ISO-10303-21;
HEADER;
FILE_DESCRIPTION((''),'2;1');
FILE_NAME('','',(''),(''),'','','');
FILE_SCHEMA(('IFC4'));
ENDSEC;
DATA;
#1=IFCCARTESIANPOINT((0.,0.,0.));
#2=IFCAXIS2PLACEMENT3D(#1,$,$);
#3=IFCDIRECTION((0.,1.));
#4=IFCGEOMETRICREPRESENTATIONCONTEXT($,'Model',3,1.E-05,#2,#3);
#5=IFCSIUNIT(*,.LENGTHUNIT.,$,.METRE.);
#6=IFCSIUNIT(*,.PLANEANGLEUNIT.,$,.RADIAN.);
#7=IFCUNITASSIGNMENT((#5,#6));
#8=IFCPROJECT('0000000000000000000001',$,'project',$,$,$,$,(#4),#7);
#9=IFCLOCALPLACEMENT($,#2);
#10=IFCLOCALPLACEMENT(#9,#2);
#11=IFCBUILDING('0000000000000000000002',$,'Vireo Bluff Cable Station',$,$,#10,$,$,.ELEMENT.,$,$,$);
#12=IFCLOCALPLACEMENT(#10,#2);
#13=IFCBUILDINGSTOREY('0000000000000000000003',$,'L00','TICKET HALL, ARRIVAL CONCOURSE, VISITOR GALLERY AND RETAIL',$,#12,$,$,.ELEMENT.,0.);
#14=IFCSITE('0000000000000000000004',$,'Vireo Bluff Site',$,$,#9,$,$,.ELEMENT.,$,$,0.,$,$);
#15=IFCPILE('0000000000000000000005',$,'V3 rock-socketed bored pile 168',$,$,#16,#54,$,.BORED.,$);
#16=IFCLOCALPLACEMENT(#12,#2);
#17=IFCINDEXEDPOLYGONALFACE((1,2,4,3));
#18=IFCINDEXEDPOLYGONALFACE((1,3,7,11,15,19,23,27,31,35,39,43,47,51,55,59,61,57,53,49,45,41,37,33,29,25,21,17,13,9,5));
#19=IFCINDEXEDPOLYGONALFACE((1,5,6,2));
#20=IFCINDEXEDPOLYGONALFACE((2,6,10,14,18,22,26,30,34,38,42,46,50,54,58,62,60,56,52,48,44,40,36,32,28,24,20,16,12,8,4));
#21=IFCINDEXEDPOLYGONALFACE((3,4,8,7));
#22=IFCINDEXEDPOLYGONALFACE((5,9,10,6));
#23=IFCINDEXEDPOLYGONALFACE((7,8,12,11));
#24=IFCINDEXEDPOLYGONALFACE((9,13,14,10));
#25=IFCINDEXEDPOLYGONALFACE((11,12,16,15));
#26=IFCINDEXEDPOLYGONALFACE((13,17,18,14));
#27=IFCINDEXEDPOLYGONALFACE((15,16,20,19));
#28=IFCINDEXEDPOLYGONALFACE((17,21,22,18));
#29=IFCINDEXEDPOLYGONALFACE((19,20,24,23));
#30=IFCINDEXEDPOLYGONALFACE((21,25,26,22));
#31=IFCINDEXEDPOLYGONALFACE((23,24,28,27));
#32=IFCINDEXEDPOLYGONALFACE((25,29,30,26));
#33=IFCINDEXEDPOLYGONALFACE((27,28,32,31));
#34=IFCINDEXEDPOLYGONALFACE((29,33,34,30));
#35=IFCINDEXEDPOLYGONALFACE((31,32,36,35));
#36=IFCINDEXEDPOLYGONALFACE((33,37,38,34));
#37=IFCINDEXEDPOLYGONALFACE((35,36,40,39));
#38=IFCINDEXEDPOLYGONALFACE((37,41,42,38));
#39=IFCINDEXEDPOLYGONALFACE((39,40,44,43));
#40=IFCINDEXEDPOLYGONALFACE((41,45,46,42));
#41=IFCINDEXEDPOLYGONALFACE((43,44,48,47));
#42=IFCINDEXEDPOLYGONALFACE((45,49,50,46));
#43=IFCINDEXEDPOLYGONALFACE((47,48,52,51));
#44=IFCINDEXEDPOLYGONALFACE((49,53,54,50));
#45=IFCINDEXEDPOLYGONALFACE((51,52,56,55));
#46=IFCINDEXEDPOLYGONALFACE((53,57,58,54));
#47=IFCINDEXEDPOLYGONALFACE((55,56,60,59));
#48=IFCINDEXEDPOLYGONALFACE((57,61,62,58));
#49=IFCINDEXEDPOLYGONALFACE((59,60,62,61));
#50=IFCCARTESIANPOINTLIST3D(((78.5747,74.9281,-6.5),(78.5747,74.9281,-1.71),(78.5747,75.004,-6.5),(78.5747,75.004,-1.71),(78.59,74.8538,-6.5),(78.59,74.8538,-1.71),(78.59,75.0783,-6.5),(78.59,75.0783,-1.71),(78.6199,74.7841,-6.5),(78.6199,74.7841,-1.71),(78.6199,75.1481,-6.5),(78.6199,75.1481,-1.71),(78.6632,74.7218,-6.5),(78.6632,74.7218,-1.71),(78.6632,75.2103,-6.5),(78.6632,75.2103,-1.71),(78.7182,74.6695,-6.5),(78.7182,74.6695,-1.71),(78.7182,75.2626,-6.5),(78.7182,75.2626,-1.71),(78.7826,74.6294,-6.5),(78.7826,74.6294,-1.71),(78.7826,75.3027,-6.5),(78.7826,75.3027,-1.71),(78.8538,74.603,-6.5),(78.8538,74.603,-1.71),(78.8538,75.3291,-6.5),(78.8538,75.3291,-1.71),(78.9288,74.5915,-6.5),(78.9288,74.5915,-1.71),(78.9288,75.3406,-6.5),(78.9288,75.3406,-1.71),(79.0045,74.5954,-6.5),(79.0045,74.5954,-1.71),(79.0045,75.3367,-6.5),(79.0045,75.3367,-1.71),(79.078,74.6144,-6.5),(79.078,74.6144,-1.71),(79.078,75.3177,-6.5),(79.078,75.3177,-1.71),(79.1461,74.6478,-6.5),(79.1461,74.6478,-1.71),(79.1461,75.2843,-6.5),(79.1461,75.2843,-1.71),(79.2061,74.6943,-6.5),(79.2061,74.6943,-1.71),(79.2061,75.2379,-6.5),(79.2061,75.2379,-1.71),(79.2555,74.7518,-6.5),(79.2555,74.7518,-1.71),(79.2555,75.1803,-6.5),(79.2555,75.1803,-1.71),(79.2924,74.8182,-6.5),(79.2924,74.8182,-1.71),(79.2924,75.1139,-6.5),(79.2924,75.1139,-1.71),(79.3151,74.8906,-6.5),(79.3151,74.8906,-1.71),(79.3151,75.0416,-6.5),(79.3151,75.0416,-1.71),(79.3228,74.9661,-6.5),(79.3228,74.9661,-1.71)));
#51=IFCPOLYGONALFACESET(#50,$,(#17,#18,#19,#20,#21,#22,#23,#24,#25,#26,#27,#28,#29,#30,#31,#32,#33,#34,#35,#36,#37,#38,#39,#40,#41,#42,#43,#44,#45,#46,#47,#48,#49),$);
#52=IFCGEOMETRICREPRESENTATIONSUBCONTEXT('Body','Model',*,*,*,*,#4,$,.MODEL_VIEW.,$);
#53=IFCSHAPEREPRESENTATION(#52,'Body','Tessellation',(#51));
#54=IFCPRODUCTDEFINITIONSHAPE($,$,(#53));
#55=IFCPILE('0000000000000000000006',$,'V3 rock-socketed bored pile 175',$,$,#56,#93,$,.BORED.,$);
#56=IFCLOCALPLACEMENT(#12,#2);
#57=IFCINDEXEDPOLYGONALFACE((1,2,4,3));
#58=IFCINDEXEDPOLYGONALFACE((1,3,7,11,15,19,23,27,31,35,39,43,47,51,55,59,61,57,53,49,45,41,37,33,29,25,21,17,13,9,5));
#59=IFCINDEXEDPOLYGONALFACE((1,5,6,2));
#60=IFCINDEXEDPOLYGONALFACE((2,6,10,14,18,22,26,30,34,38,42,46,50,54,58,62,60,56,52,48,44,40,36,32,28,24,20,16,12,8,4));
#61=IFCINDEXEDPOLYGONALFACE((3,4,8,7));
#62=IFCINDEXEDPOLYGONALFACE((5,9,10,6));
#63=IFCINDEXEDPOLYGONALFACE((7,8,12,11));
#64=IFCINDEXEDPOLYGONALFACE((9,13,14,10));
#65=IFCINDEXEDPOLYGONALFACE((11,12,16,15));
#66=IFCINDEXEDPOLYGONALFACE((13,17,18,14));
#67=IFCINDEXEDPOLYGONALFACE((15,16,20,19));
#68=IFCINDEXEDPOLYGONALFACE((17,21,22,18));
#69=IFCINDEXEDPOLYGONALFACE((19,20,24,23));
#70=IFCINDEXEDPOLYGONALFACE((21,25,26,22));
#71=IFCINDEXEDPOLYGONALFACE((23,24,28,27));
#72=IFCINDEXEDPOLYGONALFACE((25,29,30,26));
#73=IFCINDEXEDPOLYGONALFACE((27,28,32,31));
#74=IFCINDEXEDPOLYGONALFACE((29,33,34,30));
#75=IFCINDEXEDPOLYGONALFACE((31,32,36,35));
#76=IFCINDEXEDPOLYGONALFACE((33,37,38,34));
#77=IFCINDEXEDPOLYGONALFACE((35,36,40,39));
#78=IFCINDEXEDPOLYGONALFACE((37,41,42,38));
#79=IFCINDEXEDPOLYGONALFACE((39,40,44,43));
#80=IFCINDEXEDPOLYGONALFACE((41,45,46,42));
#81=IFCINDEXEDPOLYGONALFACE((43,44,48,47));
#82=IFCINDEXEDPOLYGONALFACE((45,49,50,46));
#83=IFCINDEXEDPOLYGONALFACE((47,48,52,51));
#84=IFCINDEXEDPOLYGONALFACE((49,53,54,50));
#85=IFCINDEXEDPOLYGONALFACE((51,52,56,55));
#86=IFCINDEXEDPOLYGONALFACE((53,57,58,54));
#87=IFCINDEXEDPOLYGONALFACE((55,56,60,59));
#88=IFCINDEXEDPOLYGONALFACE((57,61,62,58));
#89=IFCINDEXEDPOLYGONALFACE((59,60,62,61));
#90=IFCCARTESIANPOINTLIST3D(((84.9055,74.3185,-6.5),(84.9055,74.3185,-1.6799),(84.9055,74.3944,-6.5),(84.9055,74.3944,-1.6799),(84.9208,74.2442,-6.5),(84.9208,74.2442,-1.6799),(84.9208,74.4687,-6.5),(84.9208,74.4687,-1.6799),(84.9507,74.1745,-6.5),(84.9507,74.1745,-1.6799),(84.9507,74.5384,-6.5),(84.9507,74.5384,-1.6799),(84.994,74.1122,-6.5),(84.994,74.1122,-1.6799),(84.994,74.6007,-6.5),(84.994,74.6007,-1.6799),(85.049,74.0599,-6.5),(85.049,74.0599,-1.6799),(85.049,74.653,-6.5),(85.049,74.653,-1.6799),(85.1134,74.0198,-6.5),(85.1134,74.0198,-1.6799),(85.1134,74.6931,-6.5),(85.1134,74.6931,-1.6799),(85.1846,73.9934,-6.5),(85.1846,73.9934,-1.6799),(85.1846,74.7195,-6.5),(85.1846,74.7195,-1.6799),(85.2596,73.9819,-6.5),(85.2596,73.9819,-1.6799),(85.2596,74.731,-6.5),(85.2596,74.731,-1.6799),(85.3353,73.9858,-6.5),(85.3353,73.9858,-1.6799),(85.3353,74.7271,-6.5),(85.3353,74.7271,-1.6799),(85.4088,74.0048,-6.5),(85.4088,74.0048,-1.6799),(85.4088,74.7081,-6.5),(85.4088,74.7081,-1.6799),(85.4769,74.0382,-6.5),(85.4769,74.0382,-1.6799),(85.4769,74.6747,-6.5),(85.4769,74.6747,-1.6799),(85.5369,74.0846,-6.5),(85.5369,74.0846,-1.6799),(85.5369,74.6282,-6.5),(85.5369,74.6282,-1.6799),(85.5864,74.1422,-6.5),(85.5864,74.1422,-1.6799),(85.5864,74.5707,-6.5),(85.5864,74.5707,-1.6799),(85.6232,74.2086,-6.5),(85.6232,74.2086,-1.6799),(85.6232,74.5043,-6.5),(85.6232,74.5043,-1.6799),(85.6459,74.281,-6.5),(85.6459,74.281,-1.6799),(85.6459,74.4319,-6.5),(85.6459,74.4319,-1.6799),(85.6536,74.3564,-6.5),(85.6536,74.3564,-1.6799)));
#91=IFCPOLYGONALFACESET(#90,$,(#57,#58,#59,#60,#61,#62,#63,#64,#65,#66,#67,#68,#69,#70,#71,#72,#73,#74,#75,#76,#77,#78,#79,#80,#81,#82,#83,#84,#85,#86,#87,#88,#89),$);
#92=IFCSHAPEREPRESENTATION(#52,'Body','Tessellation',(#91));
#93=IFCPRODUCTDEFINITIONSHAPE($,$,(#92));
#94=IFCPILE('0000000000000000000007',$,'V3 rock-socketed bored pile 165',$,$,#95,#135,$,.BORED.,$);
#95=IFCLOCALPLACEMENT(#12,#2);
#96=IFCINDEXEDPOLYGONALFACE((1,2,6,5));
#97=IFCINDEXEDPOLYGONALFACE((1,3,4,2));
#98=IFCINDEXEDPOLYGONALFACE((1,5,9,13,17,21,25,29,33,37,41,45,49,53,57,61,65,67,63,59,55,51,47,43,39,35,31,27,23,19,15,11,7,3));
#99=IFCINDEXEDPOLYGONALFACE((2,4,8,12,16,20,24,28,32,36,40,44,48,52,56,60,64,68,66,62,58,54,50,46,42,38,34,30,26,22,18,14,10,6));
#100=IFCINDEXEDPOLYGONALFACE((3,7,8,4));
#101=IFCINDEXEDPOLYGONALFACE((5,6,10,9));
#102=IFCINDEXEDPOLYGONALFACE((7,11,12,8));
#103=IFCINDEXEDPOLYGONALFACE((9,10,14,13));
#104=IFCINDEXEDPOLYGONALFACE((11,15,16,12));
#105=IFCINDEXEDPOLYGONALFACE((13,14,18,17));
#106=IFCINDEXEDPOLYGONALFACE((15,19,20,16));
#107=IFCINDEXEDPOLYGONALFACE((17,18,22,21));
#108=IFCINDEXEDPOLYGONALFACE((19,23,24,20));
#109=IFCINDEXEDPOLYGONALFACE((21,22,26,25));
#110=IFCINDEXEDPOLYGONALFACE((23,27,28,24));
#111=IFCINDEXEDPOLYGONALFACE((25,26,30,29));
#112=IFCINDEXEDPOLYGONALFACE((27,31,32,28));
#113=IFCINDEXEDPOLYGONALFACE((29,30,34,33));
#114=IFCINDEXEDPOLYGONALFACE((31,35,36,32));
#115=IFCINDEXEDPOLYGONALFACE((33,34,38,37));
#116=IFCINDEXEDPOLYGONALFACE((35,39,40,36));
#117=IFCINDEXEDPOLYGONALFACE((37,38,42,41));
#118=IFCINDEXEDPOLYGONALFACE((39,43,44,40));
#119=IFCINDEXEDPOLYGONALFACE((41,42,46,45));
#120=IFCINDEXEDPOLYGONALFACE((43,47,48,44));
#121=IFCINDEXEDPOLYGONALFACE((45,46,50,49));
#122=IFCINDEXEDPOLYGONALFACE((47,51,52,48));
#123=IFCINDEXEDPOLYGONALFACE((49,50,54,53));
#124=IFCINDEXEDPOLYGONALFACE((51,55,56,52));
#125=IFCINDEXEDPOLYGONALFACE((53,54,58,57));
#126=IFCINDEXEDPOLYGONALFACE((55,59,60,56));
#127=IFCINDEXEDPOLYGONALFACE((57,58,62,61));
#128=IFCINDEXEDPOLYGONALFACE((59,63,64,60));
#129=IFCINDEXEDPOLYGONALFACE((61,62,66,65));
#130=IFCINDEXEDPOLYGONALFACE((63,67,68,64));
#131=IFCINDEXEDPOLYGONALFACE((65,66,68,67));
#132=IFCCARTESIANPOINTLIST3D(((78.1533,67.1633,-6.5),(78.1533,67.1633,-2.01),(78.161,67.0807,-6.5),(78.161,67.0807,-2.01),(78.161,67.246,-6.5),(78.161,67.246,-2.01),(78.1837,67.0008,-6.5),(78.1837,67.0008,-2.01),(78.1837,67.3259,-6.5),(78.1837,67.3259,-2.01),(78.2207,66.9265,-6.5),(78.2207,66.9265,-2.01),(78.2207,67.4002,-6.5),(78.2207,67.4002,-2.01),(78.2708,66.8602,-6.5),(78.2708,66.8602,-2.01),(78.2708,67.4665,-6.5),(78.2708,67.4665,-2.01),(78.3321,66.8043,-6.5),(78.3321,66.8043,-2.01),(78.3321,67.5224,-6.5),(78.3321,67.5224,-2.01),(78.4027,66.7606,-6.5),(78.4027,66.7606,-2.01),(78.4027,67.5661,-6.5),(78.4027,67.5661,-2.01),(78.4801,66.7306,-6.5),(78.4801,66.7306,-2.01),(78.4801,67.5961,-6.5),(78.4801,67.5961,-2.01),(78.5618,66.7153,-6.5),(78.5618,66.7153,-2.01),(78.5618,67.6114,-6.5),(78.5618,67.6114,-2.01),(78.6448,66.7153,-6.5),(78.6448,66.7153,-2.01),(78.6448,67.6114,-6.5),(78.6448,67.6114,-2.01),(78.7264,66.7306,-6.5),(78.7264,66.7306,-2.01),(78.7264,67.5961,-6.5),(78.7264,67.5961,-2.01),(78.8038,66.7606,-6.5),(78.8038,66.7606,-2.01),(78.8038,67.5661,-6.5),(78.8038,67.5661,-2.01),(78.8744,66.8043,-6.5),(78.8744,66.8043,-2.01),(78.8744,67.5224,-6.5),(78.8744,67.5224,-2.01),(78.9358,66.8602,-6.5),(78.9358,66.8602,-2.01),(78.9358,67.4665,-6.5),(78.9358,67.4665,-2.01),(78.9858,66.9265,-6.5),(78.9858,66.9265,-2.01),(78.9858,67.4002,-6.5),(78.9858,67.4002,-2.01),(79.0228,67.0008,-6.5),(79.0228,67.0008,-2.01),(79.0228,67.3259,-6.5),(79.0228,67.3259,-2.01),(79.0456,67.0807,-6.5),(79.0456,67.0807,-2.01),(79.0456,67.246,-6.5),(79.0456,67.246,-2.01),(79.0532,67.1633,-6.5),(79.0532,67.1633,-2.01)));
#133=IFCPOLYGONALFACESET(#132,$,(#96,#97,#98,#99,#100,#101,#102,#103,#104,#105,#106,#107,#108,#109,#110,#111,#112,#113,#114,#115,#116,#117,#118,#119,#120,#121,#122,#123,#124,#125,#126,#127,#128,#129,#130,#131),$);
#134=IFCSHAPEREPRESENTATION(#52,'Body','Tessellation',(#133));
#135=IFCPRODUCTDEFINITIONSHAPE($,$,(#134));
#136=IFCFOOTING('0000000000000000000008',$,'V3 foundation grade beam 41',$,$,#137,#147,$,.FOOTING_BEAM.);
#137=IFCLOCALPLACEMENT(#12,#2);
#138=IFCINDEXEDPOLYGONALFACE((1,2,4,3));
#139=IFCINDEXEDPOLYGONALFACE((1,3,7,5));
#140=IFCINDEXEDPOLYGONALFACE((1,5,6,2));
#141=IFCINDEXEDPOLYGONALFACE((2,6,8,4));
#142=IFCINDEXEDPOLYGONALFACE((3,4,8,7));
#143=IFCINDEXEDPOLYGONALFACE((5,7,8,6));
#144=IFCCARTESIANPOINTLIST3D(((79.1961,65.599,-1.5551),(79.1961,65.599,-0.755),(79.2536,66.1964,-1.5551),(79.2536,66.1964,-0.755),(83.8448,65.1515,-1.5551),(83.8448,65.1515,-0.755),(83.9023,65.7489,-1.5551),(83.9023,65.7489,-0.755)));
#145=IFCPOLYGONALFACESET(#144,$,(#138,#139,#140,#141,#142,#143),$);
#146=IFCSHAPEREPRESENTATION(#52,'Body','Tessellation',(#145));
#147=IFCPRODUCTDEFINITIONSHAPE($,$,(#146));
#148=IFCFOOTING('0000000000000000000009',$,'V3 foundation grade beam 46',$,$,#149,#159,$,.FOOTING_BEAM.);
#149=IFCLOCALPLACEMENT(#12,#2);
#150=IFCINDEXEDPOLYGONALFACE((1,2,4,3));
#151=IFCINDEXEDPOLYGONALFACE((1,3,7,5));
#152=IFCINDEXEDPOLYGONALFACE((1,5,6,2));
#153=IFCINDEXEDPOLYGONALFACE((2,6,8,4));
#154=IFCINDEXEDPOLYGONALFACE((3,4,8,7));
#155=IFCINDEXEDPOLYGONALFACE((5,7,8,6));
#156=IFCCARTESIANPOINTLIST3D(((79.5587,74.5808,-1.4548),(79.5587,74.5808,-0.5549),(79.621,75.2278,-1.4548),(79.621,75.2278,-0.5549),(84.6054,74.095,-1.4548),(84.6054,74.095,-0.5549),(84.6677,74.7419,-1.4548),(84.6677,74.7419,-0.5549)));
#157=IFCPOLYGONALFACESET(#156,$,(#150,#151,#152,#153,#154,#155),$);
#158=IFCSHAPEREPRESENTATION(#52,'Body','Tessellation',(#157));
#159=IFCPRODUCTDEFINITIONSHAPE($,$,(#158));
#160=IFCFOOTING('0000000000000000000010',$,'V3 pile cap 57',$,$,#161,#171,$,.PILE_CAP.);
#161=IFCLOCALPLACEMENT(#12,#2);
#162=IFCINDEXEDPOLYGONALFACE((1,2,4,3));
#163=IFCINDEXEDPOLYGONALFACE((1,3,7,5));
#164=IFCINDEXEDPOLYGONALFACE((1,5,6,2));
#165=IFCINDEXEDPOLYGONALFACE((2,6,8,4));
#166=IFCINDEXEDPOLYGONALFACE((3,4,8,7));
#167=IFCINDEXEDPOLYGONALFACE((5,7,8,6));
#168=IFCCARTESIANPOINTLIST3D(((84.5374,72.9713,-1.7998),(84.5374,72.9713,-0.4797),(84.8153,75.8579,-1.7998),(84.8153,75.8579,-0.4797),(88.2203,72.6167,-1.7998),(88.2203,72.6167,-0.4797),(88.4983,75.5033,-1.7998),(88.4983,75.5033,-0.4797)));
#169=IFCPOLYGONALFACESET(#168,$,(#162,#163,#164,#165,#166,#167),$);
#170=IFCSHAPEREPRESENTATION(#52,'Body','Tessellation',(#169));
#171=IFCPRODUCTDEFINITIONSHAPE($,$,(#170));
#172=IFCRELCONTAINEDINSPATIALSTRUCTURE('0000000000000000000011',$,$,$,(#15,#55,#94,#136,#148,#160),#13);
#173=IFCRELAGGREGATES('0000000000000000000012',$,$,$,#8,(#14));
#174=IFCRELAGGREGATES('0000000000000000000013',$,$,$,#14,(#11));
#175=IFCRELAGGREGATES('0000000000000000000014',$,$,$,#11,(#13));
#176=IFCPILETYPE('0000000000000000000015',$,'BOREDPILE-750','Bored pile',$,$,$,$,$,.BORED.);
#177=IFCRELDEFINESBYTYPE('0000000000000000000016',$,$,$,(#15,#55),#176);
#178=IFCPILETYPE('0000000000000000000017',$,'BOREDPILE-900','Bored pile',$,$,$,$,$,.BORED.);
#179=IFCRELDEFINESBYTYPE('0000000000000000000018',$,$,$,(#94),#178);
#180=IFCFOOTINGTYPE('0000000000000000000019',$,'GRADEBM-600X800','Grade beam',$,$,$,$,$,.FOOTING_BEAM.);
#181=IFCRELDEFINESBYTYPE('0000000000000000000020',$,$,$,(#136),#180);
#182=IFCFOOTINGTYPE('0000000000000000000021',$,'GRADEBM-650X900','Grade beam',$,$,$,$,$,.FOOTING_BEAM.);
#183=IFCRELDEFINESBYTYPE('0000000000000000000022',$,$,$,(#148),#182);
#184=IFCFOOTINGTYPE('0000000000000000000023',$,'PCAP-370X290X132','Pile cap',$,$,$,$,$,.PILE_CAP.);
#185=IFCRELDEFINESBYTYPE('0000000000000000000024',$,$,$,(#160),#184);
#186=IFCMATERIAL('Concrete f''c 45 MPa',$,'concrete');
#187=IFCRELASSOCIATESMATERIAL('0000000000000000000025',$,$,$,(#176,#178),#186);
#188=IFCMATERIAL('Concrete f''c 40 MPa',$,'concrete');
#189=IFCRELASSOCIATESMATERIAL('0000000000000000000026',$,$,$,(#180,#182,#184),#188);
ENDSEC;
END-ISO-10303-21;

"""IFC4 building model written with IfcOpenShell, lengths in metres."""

from ifc_helpers import new_model, si_unit, direction, frame, origin, origin_2d, place, context, subcontext, project, spatial, rectangle, circle, extrude, material, material_profile, profile_set, type_object, element, save


model = new_model("IFC4")

# Units and contexts
model_context = context("Model", 3, precision=1e-05, world=origin(), true_north=direction((0.0, 1.0)))
body_context = subcontext(model_context, "Body", "Model", "MODEL_VIEW")
ifc_project = project(units=[si_unit("LENGTHUNIT", "METRE"), si_unit("PLANEANGLEUNIT", "RADIAN")], contexts=[model_context])

# Site, building, storey
site_placement = place(None, origin())
site = spatial("IfcSite", under=ifc_project, at=site_placement, Name="Vireo Bluff Site", CompositionType="ELEMENT", RefElevation=0.0)
building_placement = place(site_placement, origin())
building = spatial("IfcBuilding", under=site, at=building_placement, Name="Vireo Bluff Cable Station", CompositionType="ELEMENT")
storey_placement = place(building_placement, origin())
storey = spatial("IfcBuildingStorey", under=building, at=storey_placement, Name="L00", Description="TICKET HALL, ARRIVAL CONCOURSE, VISITOR GALLERY AND RETAIL", CompositionType="ELEMENT", Elevation=0.0)

# Piles
ifc_material_1 = material(Name="Concrete f'c 45 MPa", Category="concrete")
ifc_material_profile_1 = material_profile(ifc_material_1, circle(Radius=0.375, at=origin_2d()), Name="BOREDPILE-750")
ifc_profile_set_1 = profile_set([ifc_material_profile_1], Name="Concrete f'c 45 MPa")
pile_type_1 = type_object("IfcPileType", Name="BOREDPILE-750", Description="Bored pile", PredefinedType="BORED", material=ifc_profile_set_1)
pile_1_placement = place(storey_placement, frame((78.9478, 74.9661, -1.71), z_axis=(0.0, 0.0, -1.0), x_axis=(1.0, 0.0, 0.0)))
element("IfcPile", 1, at=pile_1_placement, inside=storey, type_object=pile_type_1, Name="V3 rock-socketed bored pile 168", PredefinedType="BORED", context=body_context, shape_type="SweptSolid", body=[
    extrude(circle(Radius=0.375, at=origin_2d()), origin(), (0.0, 0.0, 1.0), 4.79),
])
pile_2_placement = place(storey_placement, frame((85.2786, 74.3564, -1.6799), z_axis=(0.0, 0.0, -1.0), x_axis=(1.0, 0.0, 0.0)))
element("IfcPile", 2, at=pile_2_placement, inside=storey, type_object=pile_type_1, Name="V3 rock-socketed bored pile 175", PredefinedType="BORED", context=body_context, shape_type="SweptSolid", body=[
    extrude(circle(Radius=0.375, at=origin_2d()), origin(), (0.0, 0.0, 1.0), 4.8201),
])
ifc_material_profile_2 = material_profile(ifc_material_1, circle(Radius=0.45, at=origin_2d()), Name="BOREDPILE-900")
ifc_profile_set_2 = profile_set([ifc_material_profile_2], Name="Concrete f'c 45 MPa")
pile_type_2 = type_object("IfcPileType", Name="BOREDPILE-900", Description="Bored pile", PredefinedType="BORED", material=ifc_profile_set_2)
pile_3_placement = place(storey_placement, frame((78.6033, 67.1633, -2.01), z_axis=(0.0, 0.0, -1.0), x_axis=(1.0, 0.0, 0.0)))
element("IfcPile", 3, at=pile_3_placement, inside=storey, type_object=pile_type_2, Name="V3 rock-socketed bored pile 165", PredefinedType="BORED", context=body_context, shape_type="SweptSolid", body=[
    extrude(circle(Radius=0.45, at=origin_2d()), origin(), (0.0, 0.0, 1.0), 4.49),
])

# Footings
ifc_material_2 = material(Name="Concrete f'c 40 MPa", Category="concrete")
ifc_material_profile_3 = material_profile(ifc_material_2, rectangle(XDim=0.6001, YDim=0.8, at=origin_2d()), Name="GRADEBM-600X800")
ifc_profile_set_3 = profile_set([ifc_material_profile_3], Name="Concrete f'c 40 MPa")
footing_type_1 = type_object("IfcFootingType", Name="GRADEBM-600X800", Description="Grade beam", PredefinedType="FOOTING_BEAM", material=ifc_profile_set_3)
footing_1_placement = place(storey_placement, frame((79.2249, 65.8977, -1.155), z_axis=(0.995398, -0.095823, 0.0), x_axis=(0.095823, 0.995398, 0.0)))
element("IfcFooting", 4, at=footing_1_placement, inside=storey, type_object=footing_type_1, Name="V3 foundation grade beam 41", PredefinedType="FOOTING_BEAM", context=body_context, shape_type="SweptSolid", body=[
    extrude(rectangle(XDim=0.6001, YDim=0.8, at=origin_2d()), origin(), (0.0, 0.0, 1.0), 4.6702),
])
ifc_material_profile_4 = material_profile(ifc_material_2, rectangle(XDim=0.6499, YDim=0.8999, at=origin_2d()), Name="GRADEBM-650X900")
ifc_profile_set_4 = profile_set([ifc_material_profile_4], Name="Concrete f'c 40 MPa")
footing_type_2 = type_object("IfcFootingType", Name="GRADEBM-650X900", Description="Grade beam", PredefinedType="FOOTING_BEAM", material=ifc_profile_set_4)
footing_2_placement = place(storey_placement, frame((79.5898, 74.9043, -1.0049), z_axis=(0.995398, -0.095827, 0.0), x_axis=(0.095827, 0.995398, 0.0)))
element("IfcFooting", 5, at=footing_2_placement, inside=storey, type_object=footing_type_2, Name="V3 foundation grade beam 46", PredefinedType="FOOTING_BEAM", context=body_context, shape_type="SweptSolid", body=[
    extrude(rectangle(XDim=0.6499, YDim=0.8999, at=origin_2d()), origin(), (0.0, 0.0, 1.0), 5.0701),
])
footing_type_3 = type_object("IfcFootingType", Name="PCAP-370X290X132", Description="Pile cap", PredefinedType="PILE_CAP", material=ifc_material_2)
footing_3_placement = place(storey_placement, frame((86.5178, 74.2373, -1.7998), z_axis=(0.0, 0.0, 1.0), x_axis=(0.995396, -0.095846, 0.0)))
element("IfcFooting", 6, at=footing_3_placement, inside=storey, type_object=footing_type_3, Name="V3 pile cap 57", PredefinedType="PILE_CAP", context=body_context, shape_type="SweptSolid", body=[
    extrude(rectangle(XDim=3.7, YDim=2.8999, at=origin_2d()), origin(), (0.0, 0.0, 1.0), 1.3201),
])

save(model, "model.ifc")
